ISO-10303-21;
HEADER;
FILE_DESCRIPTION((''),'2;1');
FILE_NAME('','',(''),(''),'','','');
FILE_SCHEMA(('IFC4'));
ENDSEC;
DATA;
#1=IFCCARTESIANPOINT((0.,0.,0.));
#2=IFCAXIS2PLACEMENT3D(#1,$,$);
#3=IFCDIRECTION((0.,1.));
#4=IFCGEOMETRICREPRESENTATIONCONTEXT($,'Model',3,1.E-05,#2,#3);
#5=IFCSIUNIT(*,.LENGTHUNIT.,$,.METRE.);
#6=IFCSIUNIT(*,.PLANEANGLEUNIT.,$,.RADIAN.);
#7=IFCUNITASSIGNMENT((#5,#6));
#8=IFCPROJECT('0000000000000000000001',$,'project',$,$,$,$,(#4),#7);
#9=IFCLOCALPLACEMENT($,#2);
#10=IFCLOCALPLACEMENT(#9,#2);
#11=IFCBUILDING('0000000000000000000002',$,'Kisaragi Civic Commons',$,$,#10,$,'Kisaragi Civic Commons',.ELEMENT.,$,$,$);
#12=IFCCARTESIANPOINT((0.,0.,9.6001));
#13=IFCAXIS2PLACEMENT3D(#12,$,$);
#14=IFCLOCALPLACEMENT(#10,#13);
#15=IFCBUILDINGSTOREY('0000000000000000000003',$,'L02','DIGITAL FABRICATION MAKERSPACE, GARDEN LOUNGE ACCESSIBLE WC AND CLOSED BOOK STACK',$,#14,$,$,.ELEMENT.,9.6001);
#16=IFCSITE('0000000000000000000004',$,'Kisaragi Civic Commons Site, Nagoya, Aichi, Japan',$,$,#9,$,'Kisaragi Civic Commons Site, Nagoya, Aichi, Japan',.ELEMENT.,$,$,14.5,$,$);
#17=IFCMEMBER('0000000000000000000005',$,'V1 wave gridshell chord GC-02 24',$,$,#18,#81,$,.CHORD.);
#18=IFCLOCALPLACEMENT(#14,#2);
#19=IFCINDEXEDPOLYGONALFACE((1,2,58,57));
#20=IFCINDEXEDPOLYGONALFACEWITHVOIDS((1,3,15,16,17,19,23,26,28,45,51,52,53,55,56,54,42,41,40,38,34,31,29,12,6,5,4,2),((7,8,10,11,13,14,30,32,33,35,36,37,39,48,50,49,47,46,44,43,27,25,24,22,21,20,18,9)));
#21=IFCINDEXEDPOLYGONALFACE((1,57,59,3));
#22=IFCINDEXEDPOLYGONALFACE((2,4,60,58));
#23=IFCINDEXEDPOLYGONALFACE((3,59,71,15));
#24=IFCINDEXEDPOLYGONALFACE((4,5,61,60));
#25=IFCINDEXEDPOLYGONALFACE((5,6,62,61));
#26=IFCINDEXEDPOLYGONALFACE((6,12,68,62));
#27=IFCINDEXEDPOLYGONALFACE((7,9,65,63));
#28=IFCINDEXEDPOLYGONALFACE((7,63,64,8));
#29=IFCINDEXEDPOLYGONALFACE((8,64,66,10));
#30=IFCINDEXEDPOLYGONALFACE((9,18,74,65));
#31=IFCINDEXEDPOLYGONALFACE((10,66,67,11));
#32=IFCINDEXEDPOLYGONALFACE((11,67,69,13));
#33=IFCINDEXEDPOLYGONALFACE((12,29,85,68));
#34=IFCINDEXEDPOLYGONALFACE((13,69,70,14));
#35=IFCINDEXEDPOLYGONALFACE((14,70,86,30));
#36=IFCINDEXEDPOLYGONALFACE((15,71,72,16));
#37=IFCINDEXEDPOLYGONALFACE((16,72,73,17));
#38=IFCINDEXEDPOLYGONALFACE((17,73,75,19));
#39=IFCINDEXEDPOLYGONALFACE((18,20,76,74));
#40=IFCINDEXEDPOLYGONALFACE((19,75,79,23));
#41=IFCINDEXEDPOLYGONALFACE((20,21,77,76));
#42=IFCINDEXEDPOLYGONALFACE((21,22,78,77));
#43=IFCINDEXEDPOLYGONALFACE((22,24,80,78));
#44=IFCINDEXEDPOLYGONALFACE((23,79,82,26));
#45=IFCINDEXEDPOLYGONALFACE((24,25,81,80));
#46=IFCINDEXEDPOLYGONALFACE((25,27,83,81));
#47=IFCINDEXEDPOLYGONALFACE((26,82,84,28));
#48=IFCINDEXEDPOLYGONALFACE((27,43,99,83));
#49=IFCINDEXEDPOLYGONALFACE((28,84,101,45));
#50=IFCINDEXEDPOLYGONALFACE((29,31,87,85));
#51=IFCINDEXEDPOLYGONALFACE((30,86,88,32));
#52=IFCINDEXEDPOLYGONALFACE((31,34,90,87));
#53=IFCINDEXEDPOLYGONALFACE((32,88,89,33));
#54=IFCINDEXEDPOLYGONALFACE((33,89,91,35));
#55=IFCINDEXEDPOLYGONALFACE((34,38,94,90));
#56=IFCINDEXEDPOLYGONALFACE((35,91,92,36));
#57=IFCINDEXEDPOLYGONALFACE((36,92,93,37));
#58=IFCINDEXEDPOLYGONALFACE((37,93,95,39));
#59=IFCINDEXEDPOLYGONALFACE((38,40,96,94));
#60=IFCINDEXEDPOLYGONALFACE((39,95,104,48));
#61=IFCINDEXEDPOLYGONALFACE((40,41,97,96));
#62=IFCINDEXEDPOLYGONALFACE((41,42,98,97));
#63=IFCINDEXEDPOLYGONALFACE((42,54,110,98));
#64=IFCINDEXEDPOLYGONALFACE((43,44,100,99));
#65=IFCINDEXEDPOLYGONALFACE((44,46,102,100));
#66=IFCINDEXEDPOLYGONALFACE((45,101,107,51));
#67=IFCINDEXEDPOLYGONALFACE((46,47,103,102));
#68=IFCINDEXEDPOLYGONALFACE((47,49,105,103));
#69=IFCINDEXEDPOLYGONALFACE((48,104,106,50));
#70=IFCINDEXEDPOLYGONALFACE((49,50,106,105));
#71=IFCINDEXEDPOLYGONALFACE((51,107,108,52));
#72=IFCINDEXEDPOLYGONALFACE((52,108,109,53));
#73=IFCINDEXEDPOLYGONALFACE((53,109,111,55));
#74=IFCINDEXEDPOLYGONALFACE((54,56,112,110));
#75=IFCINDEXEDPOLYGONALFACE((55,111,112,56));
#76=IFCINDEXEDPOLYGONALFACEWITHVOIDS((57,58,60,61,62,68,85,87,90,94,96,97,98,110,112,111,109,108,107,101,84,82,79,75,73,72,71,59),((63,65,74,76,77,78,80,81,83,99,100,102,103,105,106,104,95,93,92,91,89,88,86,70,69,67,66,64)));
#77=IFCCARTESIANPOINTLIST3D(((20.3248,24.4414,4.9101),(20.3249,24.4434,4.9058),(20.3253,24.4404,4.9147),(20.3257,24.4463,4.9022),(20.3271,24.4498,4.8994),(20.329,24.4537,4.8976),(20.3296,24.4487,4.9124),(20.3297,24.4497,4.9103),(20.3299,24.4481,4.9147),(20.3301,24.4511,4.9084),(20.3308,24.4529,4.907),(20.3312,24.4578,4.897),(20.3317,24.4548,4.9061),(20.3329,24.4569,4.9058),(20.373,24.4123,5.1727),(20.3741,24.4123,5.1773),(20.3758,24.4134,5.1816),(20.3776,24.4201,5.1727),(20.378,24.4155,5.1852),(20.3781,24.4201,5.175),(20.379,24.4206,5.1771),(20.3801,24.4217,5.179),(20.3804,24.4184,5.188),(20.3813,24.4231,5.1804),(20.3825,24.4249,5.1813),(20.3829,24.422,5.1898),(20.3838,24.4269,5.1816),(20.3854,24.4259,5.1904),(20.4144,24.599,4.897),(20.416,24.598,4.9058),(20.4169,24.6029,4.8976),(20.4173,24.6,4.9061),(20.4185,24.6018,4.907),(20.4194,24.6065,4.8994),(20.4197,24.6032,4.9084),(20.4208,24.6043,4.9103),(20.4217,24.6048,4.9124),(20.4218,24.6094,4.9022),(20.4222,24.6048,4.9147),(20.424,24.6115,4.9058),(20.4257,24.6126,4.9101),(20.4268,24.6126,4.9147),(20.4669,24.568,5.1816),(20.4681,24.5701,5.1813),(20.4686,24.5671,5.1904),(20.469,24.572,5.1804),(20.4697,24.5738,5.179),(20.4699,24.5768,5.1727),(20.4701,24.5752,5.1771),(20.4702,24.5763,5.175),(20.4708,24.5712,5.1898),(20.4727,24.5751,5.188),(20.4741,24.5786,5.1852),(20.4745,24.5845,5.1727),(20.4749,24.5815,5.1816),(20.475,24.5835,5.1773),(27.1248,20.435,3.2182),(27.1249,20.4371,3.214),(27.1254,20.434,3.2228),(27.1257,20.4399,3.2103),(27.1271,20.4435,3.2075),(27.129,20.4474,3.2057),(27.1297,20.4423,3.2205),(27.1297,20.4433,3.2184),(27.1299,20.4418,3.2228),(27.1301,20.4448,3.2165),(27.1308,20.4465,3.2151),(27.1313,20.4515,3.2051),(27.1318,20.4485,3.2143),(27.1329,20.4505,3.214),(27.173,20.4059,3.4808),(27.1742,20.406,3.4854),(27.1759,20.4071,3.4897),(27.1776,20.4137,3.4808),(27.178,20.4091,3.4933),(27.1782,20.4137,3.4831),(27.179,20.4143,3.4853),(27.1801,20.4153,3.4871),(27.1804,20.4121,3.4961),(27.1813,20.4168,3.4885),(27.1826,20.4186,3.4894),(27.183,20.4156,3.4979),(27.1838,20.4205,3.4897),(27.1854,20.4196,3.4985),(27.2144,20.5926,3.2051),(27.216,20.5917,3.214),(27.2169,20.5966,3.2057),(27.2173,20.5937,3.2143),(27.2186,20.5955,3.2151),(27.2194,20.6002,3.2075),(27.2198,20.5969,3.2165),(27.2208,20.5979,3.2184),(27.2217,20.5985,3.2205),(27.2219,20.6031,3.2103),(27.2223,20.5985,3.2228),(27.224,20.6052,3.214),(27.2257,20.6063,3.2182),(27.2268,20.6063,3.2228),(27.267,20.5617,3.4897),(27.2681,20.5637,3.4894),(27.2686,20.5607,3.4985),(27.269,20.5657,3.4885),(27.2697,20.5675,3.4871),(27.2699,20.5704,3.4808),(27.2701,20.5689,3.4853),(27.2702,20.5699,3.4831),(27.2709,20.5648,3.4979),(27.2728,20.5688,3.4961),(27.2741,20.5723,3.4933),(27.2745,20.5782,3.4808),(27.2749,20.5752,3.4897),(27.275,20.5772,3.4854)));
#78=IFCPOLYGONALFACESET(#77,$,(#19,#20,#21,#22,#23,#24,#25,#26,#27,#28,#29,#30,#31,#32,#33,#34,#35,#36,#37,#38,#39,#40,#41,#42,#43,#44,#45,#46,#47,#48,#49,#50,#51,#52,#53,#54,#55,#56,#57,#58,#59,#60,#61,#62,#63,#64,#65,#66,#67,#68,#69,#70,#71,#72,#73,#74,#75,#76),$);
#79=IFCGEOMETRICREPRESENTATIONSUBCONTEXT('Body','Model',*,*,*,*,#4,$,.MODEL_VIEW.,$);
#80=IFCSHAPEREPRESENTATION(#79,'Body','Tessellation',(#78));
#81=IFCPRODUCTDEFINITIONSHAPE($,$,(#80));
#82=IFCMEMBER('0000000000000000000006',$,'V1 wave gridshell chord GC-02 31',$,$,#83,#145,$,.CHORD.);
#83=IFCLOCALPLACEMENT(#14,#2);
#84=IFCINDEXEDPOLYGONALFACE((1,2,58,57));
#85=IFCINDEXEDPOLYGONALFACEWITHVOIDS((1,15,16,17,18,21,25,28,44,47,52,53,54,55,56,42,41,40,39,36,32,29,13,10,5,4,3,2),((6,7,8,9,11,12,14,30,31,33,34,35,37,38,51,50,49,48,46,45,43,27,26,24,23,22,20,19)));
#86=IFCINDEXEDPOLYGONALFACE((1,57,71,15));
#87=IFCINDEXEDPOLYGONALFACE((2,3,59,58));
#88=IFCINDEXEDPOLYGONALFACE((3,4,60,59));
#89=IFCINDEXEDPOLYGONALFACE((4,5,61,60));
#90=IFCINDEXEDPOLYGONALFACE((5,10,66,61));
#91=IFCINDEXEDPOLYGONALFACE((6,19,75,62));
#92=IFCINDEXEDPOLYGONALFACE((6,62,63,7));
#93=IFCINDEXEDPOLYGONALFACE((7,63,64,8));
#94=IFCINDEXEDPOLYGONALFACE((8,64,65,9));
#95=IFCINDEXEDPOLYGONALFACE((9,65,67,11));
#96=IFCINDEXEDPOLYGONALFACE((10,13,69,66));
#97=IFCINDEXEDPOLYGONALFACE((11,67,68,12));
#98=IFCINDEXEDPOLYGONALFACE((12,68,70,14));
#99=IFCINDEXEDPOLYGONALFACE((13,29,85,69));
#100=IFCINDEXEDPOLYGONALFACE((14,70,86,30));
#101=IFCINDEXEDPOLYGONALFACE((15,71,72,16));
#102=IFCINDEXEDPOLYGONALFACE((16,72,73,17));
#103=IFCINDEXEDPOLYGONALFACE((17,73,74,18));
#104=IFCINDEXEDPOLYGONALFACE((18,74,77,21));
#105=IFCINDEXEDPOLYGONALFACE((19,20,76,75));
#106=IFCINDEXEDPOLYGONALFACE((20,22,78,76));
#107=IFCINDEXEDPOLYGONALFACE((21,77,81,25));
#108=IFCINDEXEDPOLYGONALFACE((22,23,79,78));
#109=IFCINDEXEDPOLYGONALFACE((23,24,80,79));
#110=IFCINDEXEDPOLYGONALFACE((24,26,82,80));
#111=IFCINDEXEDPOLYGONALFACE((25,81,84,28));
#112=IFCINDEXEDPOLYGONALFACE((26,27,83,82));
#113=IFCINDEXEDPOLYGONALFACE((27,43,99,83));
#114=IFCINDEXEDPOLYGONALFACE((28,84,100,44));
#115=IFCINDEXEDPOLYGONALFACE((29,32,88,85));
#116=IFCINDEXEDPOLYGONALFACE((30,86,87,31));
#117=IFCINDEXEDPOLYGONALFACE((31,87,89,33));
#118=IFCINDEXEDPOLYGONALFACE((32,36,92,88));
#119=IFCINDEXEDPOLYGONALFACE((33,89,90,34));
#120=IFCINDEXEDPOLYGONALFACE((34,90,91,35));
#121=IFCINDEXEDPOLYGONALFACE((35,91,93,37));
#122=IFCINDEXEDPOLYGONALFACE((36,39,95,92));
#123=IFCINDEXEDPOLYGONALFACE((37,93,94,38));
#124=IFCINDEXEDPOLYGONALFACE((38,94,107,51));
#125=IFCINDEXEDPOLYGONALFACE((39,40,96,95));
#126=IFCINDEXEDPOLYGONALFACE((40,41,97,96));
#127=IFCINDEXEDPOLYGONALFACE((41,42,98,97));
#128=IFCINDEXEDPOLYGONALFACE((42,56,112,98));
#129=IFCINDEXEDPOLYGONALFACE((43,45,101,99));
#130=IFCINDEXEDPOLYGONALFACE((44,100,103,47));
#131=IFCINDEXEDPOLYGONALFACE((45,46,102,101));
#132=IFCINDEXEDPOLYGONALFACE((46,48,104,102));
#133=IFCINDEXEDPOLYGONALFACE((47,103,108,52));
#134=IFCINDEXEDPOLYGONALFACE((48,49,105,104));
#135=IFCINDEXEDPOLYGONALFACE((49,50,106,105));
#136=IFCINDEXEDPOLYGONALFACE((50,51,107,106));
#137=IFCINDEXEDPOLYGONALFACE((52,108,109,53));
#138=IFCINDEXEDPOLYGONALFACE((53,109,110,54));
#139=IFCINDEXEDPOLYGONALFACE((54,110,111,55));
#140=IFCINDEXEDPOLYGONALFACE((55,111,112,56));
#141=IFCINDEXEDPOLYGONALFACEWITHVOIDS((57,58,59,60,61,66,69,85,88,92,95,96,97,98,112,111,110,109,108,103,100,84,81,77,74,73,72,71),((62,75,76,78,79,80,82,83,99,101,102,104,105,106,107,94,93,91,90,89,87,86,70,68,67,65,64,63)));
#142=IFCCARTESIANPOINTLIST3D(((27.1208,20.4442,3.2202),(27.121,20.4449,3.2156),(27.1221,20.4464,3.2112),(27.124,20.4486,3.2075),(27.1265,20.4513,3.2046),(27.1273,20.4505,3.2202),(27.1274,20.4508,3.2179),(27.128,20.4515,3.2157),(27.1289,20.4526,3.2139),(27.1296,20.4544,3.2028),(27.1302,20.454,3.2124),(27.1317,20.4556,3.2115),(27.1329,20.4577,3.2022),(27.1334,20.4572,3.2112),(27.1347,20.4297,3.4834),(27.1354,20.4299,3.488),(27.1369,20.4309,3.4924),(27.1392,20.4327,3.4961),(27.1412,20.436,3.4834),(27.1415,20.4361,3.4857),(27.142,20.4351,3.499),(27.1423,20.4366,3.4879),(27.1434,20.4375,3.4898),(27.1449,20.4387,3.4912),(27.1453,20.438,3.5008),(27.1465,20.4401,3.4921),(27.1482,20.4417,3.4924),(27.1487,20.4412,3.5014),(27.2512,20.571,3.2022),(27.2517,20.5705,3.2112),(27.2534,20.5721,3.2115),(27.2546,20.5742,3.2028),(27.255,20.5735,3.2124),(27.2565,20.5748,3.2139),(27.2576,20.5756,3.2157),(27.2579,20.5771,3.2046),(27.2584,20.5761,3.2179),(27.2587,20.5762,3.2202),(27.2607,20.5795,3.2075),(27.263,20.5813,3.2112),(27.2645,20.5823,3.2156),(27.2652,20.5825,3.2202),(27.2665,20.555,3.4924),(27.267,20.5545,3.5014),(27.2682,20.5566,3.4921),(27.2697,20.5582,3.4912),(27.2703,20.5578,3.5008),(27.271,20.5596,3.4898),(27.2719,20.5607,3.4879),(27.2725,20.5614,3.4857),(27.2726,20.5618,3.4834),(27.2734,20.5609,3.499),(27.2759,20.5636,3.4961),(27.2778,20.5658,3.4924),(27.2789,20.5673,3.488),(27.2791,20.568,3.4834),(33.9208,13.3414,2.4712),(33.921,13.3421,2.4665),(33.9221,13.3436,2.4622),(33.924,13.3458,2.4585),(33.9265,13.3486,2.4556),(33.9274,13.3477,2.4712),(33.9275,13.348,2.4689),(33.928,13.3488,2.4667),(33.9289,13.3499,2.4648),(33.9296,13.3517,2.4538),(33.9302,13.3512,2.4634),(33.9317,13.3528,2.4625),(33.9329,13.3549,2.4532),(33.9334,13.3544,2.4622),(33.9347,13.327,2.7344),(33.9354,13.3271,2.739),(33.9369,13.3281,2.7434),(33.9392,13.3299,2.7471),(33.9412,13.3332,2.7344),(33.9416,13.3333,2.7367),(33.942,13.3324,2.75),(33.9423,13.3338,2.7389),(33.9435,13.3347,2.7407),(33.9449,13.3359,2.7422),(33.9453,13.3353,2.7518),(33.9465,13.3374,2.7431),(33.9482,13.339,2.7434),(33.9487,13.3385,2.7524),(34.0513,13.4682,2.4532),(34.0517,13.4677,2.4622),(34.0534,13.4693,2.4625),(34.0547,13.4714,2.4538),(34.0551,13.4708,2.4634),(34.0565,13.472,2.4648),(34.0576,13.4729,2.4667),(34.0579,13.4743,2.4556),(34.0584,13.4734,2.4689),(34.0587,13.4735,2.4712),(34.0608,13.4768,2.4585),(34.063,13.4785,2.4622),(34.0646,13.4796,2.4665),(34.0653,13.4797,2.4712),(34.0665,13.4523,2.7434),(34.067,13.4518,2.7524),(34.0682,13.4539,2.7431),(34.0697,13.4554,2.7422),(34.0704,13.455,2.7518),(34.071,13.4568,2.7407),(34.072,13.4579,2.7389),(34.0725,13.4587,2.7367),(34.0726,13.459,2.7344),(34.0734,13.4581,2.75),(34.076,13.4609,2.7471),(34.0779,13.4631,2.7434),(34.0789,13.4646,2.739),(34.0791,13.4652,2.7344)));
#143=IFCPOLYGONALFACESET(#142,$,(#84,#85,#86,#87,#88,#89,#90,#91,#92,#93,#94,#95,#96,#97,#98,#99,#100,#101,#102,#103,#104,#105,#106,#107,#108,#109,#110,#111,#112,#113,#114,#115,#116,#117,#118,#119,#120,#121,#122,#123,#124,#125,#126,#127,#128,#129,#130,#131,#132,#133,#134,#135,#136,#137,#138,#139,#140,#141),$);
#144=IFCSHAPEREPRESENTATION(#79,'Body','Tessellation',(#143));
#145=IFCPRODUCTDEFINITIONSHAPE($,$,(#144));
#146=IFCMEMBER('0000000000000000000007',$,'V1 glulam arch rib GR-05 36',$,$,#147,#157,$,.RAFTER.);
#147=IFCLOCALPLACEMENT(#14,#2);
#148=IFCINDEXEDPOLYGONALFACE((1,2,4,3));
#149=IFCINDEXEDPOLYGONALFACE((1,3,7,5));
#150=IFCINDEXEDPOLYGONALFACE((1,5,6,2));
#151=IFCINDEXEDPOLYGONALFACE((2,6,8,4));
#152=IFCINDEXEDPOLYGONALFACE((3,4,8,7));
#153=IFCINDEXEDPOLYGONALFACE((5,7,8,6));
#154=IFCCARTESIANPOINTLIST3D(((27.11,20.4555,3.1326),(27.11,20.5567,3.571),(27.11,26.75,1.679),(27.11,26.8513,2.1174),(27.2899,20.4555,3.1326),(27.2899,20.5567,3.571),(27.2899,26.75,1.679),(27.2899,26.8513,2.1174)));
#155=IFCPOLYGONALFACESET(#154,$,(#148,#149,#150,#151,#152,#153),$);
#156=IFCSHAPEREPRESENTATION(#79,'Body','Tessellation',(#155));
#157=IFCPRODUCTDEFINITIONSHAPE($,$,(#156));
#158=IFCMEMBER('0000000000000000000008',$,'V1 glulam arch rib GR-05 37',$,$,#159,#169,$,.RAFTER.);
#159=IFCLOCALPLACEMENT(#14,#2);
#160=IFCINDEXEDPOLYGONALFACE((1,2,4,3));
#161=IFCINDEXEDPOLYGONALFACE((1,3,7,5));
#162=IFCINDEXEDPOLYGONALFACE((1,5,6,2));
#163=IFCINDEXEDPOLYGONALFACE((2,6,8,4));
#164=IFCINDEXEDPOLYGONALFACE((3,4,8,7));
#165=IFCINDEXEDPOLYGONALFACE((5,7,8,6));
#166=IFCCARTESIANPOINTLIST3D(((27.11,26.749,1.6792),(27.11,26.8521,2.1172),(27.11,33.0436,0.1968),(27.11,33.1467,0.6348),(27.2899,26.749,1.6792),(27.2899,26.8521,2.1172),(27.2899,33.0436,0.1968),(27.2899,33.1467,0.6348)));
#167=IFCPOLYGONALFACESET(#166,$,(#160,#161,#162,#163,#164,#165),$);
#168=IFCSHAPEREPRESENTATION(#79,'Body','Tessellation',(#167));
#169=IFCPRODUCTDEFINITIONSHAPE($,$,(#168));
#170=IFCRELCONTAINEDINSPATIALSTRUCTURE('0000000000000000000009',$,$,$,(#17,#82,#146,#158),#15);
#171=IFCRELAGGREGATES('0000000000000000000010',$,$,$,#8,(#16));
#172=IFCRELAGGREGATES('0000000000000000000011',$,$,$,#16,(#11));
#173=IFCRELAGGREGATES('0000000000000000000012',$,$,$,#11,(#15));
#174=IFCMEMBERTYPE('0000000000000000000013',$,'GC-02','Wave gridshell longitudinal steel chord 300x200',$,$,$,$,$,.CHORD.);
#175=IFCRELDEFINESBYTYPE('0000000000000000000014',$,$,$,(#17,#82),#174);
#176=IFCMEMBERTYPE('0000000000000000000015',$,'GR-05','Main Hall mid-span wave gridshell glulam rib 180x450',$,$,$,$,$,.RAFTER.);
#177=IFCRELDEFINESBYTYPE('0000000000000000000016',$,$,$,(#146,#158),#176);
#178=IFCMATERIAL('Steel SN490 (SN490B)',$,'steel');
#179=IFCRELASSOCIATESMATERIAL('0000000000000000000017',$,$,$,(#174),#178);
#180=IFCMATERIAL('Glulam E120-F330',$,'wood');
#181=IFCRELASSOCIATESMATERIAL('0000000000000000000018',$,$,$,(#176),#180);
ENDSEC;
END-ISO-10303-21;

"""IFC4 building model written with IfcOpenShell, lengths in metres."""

from ifc_helpers import new_model, si_unit, direction, frame, origin, origin_2d, place, context, subcontext, project, spatial, rectangle, hollow_rectangle, extrude, material, material_profile, profile_set, type_object, element, save


model = new_model("IFC4")

# Units and contexts
model_context = context("Model", 3, precision=1e-05, world=origin(), true_north=direction((0.0, 1.0)))
body_context = subcontext(model_context, "Body", "Model", "MODEL_VIEW")
ifc_project = project(units=[si_unit("LENGTHUNIT", "METRE"), si_unit("PLANEANGLEUNIT", "RADIAN")], contexts=[model_context])

# Site, building, storey
site_placement = place(None, origin())
site = spatial("IfcSite", under=ifc_project, at=site_placement, Name="Kisaragi Civic Commons Site, Nagoya, Aichi, Japan", LongName="Kisaragi Civic Commons Site, Nagoya, Aichi, Japan", CompositionType="ELEMENT", RefElevation=14.5)
building_placement = place(site_placement, origin())
building = spatial("IfcBuilding", under=site, at=building_placement, Name="Kisaragi Civic Commons", LongName="Kisaragi Civic Commons", CompositionType="ELEMENT")
storey_placement = place(building_placement, frame((0.0, 0.0, 9.6001)))
storey = spatial("IfcBuildingStorey", under=building, at=storey_placement, Name="L02", Description="DIGITAL FABRICATION MAKERSPACE, GARDEN LOUNGE ACCESSIBLE WC AND CLOSED BOOK STACK", CompositionType="ELEMENT", Elevation=9.6001)

# Members
ifc_material_1 = material(Name="Steel SN490 (SN490B)", Category="steel")
ifc_material_profile_1 = material_profile(ifc_material_1, hollow_rectangle(XDim=0.2, YDim=0.3, WallThickness=0.009, InnerFilletRadius=0.009, OuterFilletRadius=0.0181, at=origin_2d()), Name="STKR-300x200x9", Category="steel")
ifc_profile_set_1 = profile_set([ifc_material_profile_1], Name="Steel SN490 (SN490B)")
member_type_1 = type_object("IfcMemberType", Name="GC-02", Description="Wave gridshell longitudinal steel chord 300x200", PredefinedType="CHORD", material=ifc_profile_set_1)
member_1_placement = place(storey_placement, frame((20.3999, 24.5125, 5.0437), z_axis=(0.842445, -0.496339, -0.209606), x_axis=(0.507615, 0.861584, 0.0)))
element("IfcMember", 1, at=member_1_placement, inside=storey, type_object=member_type_1, Name="V1 wave gridshell chord GC-02 24", PredefinedType="CHORD", context=body_context, shape_type="SweptSolid", body=[
    extrude(hollow_rectangle(XDim=0.2, YDim=0.3, WallThickness=0.009, InnerFilletRadius=0.009, OuterFilletRadius=0.0181, at=origin_2d()), origin(), (0.0, 0.0, 1.0), 8.0718),
])
member_2_placement = place(storey_placement, frame((27.2, 20.5061, 3.3518), z_axis=(0.689548, -0.720246, -0.075954), x_axis=(0.722333, 0.691546, 0.0)))
element("IfcMember", 2, at=member_2_placement, inside=storey, type_object=member_type_1, Name="V1 wave gridshell chord GC-02 31", PredefinedType="CHORD", context=body_context, shape_type="SweptSolid", body=[
    extrude(hollow_rectangle(XDim=0.2, YDim=0.3, WallThickness=0.009, InnerFilletRadius=0.009, OuterFilletRadius=0.0181, at=origin_2d()), origin(), (0.0, 0.0, 1.0), 9.8616),
])
ifc_material_2 = material(Name="Glulam E120-F330", Category="wood")
ifc_material_profile_2 = material_profile(ifc_material_2, rectangle(XDim=0.1799, YDim=0.45, at=origin_2d()), Name="GL-180x450", Category="wood")
ifc_profile_set_2 = profile_set([ifc_material_profile_2], Name="Glulam E120-F330")
member_type_2 = type_object("IfcMemberType", Name="GR-05", Description="Main Hall mid-span wave gridshell glulam rib 180x450", PredefinedType="RAFTER", material=ifc_profile_set_2)
member_3_placement = place(storey_placement, frame((27.2, 20.5061, 3.3518), z_axis=(0.0, 0.974356, -0.225014), x_axis=(-1.0, 0.0, 0.0)))
element("IfcMember", 3, at=member_3_placement, inside=storey, type_object=member_type_2, Name="V1 glulam arch rib GR-05 36", PredefinedType="RAFTER", context=body_context, shape_type="SweptSolid", body=[
    extrude(rectangle(XDim=0.1799, YDim=0.45, at=origin_2d()), origin(), (0.0, 0.0, 1.0), 6.4602),
])
member_4_placement = place(storey_placement, frame((27.2, 26.8005, 1.8982), z_axis=(0.0, 0.973372, -0.229233), x_axis=(-1.0, 0.0, 0.0)))
element("IfcMember", 4, at=member_4_placement, inside=storey, type_object=member_type_2, Name="V1 glulam arch rib GR-05 37", PredefinedType="RAFTER", context=body_context, shape_type="SweptSolid", body=[
    extrude(rectangle(XDim=0.1799, YDim=0.45, at=origin_2d()), origin(), (0.0, 0.0, 1.0), 6.4668),
])

save(model, "model.ifc")
